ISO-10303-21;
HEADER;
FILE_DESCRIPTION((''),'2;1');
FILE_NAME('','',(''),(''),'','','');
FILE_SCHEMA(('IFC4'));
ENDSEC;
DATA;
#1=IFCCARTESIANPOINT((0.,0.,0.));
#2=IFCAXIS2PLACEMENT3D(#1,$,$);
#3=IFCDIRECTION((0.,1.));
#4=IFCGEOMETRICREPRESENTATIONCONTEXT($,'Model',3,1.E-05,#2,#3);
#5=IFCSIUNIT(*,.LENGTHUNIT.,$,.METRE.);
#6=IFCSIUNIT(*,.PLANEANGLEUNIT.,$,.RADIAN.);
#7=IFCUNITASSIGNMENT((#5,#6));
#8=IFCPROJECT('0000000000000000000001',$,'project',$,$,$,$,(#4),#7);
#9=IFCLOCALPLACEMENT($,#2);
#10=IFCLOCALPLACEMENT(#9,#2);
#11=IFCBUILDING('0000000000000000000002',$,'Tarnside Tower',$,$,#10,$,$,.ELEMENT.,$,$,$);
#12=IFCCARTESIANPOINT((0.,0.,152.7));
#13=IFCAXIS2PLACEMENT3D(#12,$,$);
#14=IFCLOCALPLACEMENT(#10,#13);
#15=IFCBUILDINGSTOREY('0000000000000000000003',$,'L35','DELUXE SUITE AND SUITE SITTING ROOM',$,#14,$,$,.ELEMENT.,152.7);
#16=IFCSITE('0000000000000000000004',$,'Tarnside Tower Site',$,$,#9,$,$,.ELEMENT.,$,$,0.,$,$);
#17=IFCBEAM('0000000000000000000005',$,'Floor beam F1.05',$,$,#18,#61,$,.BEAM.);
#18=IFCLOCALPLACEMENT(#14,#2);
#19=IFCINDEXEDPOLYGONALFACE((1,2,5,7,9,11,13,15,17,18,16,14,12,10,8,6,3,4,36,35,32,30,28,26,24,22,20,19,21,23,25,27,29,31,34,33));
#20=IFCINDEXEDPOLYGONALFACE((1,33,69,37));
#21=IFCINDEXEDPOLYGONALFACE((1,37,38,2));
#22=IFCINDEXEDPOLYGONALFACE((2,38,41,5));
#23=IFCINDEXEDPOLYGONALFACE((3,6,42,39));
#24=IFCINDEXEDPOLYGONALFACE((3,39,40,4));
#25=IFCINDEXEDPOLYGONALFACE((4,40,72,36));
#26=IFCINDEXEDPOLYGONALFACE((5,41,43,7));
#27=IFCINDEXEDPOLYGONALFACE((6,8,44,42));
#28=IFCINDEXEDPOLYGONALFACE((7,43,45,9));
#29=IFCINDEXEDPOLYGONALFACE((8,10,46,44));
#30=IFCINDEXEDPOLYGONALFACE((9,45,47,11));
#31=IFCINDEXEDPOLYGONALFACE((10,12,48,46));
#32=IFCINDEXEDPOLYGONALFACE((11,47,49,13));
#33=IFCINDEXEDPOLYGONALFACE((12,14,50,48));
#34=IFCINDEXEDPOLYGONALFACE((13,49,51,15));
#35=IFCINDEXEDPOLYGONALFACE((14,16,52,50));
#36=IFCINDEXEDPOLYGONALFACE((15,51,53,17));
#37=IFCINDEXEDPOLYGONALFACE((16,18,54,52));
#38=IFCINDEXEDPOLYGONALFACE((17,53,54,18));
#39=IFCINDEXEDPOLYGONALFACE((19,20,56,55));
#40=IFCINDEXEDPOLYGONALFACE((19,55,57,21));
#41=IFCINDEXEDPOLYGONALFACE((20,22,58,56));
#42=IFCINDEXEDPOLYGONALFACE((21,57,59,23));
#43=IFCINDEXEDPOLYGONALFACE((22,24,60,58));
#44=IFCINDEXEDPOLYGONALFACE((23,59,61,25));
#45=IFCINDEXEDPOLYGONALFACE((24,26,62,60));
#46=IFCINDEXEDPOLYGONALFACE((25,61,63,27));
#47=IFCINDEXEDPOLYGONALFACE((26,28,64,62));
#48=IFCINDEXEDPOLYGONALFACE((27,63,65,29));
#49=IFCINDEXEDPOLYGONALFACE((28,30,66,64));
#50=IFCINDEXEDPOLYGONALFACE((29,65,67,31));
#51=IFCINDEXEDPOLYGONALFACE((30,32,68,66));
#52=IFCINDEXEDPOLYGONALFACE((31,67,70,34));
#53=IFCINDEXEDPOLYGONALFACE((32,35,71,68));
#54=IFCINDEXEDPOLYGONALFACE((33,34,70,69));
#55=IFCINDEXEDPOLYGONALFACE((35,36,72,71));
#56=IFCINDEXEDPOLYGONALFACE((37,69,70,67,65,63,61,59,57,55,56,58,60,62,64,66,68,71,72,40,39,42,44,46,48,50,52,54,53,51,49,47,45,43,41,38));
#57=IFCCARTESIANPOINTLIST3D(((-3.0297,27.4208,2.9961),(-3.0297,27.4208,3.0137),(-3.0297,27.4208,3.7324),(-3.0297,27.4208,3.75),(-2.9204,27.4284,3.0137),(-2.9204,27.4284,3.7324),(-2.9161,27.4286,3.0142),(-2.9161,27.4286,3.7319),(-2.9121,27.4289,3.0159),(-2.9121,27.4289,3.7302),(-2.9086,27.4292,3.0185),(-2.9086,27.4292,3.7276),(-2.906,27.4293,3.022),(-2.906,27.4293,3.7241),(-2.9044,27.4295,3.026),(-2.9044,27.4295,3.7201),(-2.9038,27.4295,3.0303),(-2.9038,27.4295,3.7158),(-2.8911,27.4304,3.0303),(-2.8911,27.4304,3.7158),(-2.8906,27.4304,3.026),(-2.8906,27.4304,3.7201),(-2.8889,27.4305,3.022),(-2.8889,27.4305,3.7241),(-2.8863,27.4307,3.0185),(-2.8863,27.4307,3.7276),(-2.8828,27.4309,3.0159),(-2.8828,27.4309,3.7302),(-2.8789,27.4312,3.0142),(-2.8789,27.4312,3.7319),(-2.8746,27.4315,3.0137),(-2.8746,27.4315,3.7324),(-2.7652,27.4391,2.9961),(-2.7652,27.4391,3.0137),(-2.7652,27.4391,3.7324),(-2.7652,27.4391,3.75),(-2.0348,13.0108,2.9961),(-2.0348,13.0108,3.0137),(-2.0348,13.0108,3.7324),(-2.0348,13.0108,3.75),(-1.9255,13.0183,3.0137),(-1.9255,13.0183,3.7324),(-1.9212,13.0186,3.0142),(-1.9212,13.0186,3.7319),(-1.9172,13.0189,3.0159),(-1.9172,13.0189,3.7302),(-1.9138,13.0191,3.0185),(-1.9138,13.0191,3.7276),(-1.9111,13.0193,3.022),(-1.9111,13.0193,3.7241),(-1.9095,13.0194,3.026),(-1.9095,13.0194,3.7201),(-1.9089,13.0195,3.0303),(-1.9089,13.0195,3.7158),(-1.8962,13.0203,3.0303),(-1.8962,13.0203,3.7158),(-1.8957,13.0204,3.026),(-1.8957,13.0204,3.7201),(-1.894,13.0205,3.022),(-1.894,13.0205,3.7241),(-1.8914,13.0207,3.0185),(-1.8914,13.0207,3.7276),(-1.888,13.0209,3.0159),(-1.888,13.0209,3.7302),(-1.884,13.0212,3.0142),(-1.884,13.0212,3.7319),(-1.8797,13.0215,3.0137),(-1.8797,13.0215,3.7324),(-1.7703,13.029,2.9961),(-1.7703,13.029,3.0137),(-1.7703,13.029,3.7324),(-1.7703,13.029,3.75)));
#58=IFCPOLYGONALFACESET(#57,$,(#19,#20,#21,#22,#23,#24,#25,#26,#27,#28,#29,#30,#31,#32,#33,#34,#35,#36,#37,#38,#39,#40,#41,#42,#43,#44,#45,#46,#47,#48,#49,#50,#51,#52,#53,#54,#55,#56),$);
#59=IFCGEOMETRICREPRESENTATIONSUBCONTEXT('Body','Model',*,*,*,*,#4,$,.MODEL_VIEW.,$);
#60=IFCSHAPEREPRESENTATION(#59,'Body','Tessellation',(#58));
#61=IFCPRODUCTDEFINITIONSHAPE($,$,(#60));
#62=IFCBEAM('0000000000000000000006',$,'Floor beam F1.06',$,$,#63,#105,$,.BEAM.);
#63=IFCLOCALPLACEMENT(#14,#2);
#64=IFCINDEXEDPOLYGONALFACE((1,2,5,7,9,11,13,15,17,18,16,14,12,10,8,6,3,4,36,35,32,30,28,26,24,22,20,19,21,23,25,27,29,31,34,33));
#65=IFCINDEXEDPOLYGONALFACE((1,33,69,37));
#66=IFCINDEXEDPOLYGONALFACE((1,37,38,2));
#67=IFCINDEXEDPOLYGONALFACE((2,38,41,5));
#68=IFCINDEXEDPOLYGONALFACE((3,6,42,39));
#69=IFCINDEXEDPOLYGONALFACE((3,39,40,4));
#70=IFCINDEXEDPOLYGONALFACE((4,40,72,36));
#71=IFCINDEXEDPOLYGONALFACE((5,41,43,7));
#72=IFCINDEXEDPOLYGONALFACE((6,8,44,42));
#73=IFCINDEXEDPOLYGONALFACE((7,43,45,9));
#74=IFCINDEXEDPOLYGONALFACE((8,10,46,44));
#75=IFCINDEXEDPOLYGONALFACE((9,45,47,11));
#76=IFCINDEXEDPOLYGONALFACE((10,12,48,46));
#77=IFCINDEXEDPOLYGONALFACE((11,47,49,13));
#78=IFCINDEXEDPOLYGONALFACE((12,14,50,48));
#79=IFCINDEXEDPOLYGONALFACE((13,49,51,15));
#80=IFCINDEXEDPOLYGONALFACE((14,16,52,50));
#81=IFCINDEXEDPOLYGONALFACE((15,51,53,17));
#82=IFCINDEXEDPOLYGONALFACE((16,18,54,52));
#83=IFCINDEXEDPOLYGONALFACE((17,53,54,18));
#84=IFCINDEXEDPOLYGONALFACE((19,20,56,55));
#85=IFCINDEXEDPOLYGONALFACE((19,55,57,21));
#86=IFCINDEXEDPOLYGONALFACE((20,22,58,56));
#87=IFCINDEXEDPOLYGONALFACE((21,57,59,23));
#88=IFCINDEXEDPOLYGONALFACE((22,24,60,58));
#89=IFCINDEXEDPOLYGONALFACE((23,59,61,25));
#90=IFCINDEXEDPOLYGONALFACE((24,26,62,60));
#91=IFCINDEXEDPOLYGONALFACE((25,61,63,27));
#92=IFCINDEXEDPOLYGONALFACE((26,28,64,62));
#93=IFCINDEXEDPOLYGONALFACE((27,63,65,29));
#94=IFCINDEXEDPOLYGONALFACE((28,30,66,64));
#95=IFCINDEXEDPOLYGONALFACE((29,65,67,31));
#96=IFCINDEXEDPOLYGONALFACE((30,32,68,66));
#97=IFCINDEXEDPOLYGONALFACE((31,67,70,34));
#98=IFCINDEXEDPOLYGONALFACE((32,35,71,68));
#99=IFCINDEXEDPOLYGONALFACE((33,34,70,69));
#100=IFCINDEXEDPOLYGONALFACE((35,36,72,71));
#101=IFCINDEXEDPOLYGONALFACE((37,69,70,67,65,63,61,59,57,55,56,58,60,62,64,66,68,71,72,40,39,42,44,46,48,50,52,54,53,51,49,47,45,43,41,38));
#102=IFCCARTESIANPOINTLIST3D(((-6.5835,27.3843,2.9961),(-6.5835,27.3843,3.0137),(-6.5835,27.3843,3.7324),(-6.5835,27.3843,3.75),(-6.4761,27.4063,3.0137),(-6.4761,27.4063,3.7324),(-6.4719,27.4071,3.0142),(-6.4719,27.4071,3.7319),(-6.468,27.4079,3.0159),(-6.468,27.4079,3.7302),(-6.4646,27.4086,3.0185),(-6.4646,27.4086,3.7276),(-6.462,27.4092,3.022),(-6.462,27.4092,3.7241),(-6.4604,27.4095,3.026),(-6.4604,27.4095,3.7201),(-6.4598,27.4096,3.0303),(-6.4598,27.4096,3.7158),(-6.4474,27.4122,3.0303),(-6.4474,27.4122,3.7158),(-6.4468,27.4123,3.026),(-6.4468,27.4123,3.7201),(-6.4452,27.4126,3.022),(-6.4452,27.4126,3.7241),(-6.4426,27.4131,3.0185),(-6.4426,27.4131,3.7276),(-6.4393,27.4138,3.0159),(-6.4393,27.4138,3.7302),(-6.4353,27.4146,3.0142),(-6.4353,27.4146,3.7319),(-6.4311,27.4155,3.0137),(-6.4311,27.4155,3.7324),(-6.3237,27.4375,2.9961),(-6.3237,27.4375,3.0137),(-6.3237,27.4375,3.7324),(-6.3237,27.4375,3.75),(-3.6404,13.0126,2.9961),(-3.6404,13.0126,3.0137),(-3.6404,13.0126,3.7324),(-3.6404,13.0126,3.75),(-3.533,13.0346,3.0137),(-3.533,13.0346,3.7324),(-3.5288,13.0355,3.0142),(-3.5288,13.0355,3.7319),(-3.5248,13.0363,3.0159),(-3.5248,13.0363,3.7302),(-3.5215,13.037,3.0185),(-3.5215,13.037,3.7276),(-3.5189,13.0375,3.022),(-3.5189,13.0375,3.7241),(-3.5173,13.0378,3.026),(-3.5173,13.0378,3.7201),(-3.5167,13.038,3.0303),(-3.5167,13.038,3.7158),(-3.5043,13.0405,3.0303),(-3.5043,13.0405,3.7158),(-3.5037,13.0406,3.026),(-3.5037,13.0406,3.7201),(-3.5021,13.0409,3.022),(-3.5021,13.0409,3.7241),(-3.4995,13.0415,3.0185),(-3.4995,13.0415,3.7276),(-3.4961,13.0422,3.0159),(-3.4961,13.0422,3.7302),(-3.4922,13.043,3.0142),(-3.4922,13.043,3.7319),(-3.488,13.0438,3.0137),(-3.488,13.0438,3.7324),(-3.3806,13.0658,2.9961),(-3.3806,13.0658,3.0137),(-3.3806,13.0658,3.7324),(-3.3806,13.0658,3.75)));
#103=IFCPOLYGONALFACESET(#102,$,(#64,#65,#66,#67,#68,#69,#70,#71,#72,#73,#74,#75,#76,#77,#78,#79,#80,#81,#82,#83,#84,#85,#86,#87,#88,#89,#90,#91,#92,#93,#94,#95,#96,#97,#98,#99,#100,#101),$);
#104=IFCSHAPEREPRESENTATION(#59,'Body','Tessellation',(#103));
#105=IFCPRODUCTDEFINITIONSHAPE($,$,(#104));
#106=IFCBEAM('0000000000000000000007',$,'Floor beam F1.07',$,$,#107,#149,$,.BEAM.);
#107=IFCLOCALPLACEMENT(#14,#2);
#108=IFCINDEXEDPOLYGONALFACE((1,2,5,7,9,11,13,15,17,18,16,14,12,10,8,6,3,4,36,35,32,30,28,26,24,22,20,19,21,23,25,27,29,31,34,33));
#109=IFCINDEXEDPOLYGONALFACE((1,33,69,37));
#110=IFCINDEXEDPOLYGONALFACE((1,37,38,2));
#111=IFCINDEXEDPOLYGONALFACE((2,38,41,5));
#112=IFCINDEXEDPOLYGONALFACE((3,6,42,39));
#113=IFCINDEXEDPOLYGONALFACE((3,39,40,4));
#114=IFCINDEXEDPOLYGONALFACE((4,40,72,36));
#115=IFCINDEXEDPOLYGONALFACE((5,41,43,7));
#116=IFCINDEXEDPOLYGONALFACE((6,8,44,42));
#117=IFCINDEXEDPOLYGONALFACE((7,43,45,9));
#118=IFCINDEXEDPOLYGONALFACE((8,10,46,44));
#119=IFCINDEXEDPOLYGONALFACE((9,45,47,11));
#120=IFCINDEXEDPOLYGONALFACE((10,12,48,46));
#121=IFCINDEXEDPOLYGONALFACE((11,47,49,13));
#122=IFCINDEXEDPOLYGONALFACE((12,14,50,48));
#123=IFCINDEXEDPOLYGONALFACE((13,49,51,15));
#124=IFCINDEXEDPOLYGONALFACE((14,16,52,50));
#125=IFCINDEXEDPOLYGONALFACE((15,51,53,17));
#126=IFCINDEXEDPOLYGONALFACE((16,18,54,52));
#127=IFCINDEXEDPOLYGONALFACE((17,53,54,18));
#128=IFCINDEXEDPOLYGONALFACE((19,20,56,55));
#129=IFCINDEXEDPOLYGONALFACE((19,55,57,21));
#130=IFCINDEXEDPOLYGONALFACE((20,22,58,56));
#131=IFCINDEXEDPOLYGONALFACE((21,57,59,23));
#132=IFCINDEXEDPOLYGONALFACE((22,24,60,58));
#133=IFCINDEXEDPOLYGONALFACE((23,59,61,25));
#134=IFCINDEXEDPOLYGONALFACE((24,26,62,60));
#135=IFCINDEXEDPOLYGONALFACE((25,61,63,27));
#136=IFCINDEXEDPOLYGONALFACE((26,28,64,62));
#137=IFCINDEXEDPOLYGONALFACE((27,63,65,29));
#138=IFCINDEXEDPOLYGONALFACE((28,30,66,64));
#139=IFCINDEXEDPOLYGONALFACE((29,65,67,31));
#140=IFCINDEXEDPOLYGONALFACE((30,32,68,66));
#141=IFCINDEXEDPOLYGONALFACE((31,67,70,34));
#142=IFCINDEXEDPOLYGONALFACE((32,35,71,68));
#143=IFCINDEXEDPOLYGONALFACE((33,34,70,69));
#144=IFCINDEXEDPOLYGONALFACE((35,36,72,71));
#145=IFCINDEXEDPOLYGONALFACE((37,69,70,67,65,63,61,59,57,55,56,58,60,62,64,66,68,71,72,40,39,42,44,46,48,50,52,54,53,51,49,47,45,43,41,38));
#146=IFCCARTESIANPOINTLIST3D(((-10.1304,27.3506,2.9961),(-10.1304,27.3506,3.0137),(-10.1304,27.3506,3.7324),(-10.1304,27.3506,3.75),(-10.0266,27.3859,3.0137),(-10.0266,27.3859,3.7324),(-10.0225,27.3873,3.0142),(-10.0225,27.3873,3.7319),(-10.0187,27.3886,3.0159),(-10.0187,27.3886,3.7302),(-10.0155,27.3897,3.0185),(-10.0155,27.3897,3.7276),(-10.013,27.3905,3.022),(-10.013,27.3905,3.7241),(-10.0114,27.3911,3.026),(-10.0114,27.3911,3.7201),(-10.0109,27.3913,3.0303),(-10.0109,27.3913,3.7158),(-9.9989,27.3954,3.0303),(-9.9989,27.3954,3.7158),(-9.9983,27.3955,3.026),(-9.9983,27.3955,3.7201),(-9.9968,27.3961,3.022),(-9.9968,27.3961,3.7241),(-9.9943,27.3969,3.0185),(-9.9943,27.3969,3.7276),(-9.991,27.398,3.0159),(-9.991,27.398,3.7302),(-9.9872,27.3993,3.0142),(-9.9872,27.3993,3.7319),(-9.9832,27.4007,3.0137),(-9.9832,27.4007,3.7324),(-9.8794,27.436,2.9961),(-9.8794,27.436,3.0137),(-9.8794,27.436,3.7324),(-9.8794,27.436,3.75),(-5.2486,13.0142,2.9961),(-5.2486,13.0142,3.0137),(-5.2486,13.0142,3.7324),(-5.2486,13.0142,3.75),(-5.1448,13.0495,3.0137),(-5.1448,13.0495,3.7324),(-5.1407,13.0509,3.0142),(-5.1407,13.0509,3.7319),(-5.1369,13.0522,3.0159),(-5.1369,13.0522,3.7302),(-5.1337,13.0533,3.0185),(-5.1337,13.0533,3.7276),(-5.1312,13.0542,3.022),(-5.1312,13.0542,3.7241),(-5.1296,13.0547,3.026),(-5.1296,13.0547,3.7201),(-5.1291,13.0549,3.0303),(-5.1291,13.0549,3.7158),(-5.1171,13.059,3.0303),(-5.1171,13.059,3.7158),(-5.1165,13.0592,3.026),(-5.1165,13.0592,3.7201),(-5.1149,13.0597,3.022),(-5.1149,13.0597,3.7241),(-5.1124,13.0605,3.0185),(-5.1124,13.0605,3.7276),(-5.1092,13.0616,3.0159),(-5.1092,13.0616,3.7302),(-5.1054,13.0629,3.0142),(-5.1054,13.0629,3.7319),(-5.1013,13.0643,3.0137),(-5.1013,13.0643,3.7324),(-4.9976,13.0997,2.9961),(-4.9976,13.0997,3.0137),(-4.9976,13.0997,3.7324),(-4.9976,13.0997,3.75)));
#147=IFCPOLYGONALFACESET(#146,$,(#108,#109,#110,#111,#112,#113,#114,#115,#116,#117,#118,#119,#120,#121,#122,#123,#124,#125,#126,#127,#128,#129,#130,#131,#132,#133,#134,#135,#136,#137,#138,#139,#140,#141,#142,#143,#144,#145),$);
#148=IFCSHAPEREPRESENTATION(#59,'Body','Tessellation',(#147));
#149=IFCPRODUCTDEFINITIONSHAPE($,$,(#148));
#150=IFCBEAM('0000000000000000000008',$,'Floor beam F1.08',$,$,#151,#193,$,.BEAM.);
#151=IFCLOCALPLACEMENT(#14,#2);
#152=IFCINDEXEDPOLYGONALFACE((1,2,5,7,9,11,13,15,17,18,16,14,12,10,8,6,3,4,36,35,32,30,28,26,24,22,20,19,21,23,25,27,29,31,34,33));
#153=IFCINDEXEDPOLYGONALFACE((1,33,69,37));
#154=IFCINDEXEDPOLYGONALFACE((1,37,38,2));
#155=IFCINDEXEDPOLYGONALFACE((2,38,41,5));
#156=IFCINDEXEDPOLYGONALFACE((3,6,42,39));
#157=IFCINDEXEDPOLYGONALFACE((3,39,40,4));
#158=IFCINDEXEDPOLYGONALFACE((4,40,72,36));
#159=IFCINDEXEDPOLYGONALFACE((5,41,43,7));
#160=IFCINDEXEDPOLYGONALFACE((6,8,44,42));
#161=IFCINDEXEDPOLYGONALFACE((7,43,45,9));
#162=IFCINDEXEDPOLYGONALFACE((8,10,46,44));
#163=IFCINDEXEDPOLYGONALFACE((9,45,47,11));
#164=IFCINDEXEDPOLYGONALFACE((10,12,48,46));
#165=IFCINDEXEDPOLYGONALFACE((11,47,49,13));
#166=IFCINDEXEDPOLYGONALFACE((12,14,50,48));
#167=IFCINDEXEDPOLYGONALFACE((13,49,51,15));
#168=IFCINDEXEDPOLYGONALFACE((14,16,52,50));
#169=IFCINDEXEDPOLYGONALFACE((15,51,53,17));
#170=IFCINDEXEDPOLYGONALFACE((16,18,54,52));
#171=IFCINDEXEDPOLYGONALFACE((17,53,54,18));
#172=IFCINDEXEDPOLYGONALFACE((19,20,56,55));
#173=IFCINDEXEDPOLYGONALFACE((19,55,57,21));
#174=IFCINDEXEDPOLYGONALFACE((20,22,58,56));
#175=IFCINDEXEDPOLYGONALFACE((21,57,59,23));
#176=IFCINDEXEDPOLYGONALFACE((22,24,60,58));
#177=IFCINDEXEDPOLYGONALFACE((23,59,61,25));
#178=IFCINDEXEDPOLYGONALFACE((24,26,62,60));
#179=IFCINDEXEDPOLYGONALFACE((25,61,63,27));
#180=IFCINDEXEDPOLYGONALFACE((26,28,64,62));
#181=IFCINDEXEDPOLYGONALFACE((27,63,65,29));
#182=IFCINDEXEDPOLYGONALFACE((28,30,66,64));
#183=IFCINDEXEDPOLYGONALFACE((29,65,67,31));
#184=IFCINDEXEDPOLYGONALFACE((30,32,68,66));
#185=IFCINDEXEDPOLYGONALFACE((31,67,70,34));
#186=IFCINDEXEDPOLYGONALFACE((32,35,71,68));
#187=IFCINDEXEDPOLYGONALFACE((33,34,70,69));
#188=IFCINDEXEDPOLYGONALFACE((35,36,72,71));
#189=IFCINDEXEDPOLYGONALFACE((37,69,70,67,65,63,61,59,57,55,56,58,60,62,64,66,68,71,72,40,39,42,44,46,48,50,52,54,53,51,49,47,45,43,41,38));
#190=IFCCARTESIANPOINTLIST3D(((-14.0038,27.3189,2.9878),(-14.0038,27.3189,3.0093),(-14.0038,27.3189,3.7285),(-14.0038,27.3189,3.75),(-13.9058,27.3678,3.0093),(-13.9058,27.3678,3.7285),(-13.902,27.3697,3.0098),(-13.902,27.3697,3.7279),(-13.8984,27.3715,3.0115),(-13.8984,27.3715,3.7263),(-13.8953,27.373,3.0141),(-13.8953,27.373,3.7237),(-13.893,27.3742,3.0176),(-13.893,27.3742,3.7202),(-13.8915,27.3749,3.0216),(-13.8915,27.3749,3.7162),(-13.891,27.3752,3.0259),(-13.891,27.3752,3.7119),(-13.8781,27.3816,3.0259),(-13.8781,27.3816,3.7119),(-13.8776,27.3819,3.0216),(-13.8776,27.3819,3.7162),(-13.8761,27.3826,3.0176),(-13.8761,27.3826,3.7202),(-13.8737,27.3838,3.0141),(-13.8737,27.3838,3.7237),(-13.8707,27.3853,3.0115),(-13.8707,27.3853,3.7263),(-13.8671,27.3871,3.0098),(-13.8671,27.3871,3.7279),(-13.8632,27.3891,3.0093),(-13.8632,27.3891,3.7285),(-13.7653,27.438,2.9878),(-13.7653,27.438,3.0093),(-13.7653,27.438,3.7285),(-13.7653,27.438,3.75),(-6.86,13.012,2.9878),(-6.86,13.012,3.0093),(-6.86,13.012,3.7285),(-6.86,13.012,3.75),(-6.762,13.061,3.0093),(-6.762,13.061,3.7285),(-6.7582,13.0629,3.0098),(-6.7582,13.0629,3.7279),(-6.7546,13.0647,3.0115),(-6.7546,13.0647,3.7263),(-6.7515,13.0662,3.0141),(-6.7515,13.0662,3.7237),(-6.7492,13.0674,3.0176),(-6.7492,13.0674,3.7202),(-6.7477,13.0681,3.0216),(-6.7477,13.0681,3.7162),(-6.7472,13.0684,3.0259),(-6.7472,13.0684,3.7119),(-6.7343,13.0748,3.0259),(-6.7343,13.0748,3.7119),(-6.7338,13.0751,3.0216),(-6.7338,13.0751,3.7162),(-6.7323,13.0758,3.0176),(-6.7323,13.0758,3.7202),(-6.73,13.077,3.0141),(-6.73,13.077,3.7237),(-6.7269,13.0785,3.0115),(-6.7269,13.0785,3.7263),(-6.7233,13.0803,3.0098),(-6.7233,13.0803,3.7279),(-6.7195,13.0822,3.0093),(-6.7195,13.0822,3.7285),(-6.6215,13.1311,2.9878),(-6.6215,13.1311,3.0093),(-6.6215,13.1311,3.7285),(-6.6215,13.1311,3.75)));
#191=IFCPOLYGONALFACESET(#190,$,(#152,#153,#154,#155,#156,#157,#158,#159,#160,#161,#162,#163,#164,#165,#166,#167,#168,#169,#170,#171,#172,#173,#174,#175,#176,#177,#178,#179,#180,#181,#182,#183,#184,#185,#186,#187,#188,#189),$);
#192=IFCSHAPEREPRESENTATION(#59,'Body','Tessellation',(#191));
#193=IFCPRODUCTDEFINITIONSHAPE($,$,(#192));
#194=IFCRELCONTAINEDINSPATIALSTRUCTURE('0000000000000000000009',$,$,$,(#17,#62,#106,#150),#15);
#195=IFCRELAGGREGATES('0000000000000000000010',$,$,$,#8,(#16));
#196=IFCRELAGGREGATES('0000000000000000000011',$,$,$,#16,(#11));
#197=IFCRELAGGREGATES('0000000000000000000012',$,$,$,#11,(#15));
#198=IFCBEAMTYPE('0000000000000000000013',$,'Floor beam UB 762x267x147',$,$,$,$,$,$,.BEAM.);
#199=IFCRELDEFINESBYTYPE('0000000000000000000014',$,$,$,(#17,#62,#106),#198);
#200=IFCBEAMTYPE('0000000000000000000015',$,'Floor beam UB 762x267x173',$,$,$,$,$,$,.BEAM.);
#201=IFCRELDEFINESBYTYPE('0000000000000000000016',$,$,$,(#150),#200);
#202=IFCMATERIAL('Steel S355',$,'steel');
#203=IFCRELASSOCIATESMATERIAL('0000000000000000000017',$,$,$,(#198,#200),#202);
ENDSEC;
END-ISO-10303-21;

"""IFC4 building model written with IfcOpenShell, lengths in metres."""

from ifc_helpers import new_model, si_unit, direction, frame, origin, origin_2d, place, context, subcontext, project, spatial, i_section, extrude, material, material_profile, profile_set, type_object, element, save


model = new_model("IFC4")

# Units and contexts
model_context = context("Model", 3, precision=1e-05, world=origin(), true_north=direction((0.0, 1.0)))
body_context = subcontext(model_context, "Body", "Model", "MODEL_VIEW")
ifc_project = project(units=[si_unit("LENGTHUNIT", "METRE"), si_unit("PLANEANGLEUNIT", "RADIAN")], contexts=[model_context])

# Site, building, storey
site_placement = place(None, origin())
site = spatial("IfcSite", under=ifc_project, at=site_placement, Name="Tarnside Tower Site", CompositionType="ELEMENT", RefElevation=0.0)
building_placement = place(site_placement, origin())
building = spatial("IfcBuilding", under=site, at=building_placement, Name="Tarnside Tower", CompositionType="ELEMENT")
storey_placement = place(building_placement, frame((0.0, 0.0, 152.7)))
storey = spatial("IfcBuildingStorey", under=building, at=storey_placement, Name="L35", Description="DELUXE SUITE AND SUITE SITTING ROOM", CompositionType="ELEMENT", Elevation=152.7)

# Beams
ifc_material_1 = material(Name="Steel S355", Category="steel")
ifc_material_profile_1 = material_profile(ifc_material_1, i_section(OverallWidth=0.2651, OverallDepth=0.7539, WebThickness=0.0127, FlangeThickness=0.0176, FilletRadius=0.0166, at=origin_2d()), Name="UB 762x267x147")
ifc_profile_set_1 = profile_set([ifc_material_profile_1], Name="Steel S355")
beam_type_1 = type_object("IfcBeamType", Name="Floor beam UB 762x267x147", PredefinedType="BEAM", material=ifc_profile_set_1)
beam_1_placement = place(storey_placement, frame((-2.8975, 27.4299, 3.373), z_axis=(0.068877, -0.997625, 0.0), x_axis=(0.997625, 0.068877, 0.0)))
element("IfcBeam", 1, at=beam_1_placement, inside=storey, type_object=beam_type_1, Name="Floor beam F1.05", PredefinedType="BEAM", context=body_context, shape_type="SweptSolid", body=[
    extrude(i_section(OverallWidth=0.2651, OverallDepth=0.7539, WebThickness=0.0127, FlangeThickness=0.0176, FilletRadius=0.0166, at=origin_2d()), origin(), (0.0, 0.0, 1.0), 14.4443),
])
beam_2_placement = place(storey_placement, frame((-6.4536, 27.4109, 3.373), z_axis=(0.200623, -0.979668, 0.0), x_axis=(0.979668, 0.200623, 0.0)))
element("IfcBeam", 2, at=beam_2_placement, inside=storey, type_object=beam_type_1, Name="Floor beam F1.06", PredefinedType="BEAM", context=body_context, shape_type="SweptSolid", body=[
    extrude(i_section(OverallWidth=0.2651, OverallDepth=0.7539, WebThickness=0.0127, FlangeThickness=0.0176, FilletRadius=0.0166, at=origin_2d()), origin(), (0.0, 0.0, 1.0), 14.6699),
])
beam_3_placement = place(storey_placement, frame((-10.0049, 27.3933, 3.373), z_axis=(0.322344, -0.946623, 0.0), x_axis=(0.946623, 0.322344, 0.0)))
element("IfcBeam", 3, at=beam_3_placement, inside=storey, type_object=beam_type_1, Name="Floor beam F1.07", PredefinedType="BEAM", context=body_context, shape_type="SweptSolid", body=[
    extrude(i_section(OverallWidth=0.2651, OverallDepth=0.7539, WebThickness=0.0127, FlangeThickness=0.0176, FilletRadius=0.0166, at=origin_2d()), origin(), (0.0, 0.0, 1.0), 15.1448),
])
ifc_material_profile_2 = material_profile(ifc_material_1, i_section(OverallWidth=0.2666, OverallDepth=0.7622, WebThickness=0.0144, FlangeThickness=0.0215, FilletRadius=0.0166, at=origin_2d()), Name="UB 762x267x173")
ifc_profile_set_2 = profile_set([ifc_material_profile_2], Name="Steel S355")
beam_type_2 = type_object("IfcBeamType", Name="Floor beam UB 762x267x173", PredefinedType="BEAM", material=ifc_profile_set_2)
beam_4_placement = place(storey_placement, frame((-13.8845, 27.3784, 3.3689), z_axis=(0.446731, -0.894668, 0.0), x_axis=(0.894668, 0.446731, 0.0)))
element("IfcBeam", 4, at=beam_4_placement, inside=storey, type_object=beam_type_2, Name="Floor beam F1.08", PredefinedType="BEAM", context=body_context, shape_type="SweptSolid", body=[
    extrude(i_section(OverallWidth=0.2666, OverallDepth=0.7622, WebThickness=0.0144, FlangeThickness=0.0215, FilletRadius=0.0166, at=origin_2d()), origin(), (0.0, 0.0, 1.0), 15.9912),
])

save(model, "model.ifc")
